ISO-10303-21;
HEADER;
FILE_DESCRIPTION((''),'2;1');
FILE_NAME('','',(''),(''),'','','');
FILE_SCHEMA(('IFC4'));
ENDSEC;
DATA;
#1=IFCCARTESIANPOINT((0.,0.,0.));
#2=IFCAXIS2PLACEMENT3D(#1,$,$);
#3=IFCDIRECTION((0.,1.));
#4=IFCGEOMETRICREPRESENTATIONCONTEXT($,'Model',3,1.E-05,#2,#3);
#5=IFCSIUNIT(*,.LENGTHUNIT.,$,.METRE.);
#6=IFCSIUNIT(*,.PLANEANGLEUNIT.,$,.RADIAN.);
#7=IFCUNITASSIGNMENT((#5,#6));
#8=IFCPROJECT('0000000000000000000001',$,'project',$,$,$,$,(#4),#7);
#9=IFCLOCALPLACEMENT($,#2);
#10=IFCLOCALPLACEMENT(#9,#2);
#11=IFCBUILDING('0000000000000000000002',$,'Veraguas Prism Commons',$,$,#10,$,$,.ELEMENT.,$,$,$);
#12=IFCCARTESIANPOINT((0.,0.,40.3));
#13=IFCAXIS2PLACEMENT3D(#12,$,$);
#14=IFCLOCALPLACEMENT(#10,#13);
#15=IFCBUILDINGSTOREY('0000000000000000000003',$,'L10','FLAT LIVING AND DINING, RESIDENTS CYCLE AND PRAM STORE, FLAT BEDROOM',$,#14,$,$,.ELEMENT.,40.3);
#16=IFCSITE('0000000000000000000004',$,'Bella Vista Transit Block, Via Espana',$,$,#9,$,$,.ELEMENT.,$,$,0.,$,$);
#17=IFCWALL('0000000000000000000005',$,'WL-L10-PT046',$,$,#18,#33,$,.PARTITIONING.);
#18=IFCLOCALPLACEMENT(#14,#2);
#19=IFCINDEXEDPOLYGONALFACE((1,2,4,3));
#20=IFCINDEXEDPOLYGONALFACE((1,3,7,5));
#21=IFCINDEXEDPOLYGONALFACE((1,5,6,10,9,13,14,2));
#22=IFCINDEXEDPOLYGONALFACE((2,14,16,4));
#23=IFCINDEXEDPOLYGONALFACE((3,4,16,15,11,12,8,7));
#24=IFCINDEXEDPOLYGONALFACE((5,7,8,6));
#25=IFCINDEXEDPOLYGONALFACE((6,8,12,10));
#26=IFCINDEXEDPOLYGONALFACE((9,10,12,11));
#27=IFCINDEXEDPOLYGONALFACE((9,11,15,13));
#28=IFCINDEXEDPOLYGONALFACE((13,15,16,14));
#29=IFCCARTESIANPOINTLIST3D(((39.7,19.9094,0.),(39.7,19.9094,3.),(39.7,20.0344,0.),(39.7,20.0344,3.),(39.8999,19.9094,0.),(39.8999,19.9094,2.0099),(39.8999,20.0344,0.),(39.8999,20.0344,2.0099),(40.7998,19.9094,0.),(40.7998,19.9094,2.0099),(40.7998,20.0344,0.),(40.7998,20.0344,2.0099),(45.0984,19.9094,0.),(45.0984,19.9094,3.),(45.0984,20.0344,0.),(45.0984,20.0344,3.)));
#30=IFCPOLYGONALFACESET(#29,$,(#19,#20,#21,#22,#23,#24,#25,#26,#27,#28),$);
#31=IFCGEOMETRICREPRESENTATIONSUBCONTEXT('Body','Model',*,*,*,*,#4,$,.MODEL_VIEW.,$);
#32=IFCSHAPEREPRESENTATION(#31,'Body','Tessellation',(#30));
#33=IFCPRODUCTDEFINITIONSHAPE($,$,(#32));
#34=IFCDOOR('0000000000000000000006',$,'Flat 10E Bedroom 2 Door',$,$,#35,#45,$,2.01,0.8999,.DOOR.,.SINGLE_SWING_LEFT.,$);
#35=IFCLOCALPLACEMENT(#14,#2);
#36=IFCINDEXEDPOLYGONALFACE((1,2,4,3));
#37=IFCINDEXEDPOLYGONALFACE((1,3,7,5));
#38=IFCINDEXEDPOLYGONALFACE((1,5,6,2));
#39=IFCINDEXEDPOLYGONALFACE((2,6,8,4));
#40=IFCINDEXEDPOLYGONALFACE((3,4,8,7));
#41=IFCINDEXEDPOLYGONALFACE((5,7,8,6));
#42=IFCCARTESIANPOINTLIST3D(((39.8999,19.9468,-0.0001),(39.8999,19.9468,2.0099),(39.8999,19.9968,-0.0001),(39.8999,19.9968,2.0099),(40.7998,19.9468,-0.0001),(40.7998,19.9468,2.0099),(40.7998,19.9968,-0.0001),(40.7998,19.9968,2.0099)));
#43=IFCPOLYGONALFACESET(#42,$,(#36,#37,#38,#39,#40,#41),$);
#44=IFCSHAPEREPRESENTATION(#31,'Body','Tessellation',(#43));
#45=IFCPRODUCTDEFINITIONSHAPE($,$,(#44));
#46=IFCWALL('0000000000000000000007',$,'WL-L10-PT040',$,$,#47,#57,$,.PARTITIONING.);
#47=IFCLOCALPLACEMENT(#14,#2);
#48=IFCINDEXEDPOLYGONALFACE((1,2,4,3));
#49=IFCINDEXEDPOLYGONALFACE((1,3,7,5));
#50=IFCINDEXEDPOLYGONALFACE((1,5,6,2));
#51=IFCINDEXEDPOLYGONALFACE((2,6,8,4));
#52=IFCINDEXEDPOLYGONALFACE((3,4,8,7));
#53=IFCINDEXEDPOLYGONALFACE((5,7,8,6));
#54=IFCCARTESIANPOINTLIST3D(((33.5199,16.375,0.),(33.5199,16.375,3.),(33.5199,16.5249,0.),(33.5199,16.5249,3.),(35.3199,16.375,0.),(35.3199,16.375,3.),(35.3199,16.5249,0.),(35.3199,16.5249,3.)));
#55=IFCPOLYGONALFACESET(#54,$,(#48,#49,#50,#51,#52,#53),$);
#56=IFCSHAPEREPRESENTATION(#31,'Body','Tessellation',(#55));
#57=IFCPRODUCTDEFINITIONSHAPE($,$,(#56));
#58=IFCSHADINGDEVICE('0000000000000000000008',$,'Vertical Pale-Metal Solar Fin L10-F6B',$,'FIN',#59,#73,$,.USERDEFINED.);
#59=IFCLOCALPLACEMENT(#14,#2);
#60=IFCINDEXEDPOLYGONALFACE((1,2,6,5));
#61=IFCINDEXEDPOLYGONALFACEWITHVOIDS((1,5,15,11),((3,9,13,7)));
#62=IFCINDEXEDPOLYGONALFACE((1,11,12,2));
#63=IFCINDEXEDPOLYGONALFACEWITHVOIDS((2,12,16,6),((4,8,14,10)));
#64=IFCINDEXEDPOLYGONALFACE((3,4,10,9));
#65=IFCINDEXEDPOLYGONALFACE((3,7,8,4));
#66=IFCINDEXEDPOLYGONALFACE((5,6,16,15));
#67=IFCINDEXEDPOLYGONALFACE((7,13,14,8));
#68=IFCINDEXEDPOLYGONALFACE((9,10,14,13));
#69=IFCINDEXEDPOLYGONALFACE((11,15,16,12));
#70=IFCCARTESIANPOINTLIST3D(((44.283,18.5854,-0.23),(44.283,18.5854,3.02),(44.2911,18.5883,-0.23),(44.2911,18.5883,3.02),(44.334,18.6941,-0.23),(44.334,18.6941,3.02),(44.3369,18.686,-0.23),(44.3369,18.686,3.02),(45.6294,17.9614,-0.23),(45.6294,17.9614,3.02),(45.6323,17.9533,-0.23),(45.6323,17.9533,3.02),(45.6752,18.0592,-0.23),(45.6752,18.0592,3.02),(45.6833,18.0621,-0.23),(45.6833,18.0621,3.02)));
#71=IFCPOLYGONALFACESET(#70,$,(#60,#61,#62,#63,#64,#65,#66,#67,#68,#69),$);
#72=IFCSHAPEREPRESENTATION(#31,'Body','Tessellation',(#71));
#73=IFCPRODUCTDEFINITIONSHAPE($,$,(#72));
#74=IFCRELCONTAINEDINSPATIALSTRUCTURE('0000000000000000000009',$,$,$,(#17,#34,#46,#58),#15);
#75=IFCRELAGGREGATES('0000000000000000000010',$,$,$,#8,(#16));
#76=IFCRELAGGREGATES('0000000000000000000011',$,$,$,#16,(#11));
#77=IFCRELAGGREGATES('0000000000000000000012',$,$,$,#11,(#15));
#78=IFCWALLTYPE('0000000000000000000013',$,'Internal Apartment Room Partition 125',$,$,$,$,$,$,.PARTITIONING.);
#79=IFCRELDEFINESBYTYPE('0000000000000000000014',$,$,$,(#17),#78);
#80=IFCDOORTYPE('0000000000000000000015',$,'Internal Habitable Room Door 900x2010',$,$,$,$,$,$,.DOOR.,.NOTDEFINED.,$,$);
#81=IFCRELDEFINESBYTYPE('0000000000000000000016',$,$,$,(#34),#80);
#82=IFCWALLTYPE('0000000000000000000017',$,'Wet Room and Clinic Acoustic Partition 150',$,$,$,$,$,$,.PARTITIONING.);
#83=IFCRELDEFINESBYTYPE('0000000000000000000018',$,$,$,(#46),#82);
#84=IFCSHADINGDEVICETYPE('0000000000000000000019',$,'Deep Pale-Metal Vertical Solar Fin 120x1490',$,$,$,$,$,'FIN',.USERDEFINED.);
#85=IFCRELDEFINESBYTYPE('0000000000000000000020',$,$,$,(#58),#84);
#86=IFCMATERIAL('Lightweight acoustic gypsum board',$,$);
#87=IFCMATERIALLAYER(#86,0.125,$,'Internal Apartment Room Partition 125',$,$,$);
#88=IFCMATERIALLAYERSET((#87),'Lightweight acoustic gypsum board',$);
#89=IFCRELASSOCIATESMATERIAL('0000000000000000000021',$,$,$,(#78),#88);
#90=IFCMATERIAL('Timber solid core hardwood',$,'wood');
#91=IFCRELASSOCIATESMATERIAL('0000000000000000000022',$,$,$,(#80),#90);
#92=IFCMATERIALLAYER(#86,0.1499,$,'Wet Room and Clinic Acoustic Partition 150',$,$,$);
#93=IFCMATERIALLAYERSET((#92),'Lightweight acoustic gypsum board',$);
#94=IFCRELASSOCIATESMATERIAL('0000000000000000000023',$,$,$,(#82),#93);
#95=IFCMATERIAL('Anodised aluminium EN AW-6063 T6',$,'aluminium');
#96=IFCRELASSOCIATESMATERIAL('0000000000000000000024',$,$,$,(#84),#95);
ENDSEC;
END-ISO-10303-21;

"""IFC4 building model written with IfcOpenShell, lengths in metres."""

from ifc_helpers import new_model, si_unit, direction, frame, frame_2d, origin, origin_2d, place, context, subcontext, project, spatial, rectangle, hollow_rectangle, extrude, source, transform, mapped, material, layer, layer_set, material_profile, profile_set, type_object, element, fill, save


model = new_model("IFC4")

# Units and contexts
model_context = context("Model", 3, precision=1e-05, world=origin(), true_north=direction((0.0, 1.0)))
body_context = subcontext(model_context, "Body", "Model", "MODEL_VIEW")
ifc_project = project(units=[si_unit("LENGTHUNIT", "METRE"), si_unit("PLANEANGLEUNIT", "RADIAN")], contexts=[model_context])

# Site, building, storey
site_placement = place(None, origin())
site = spatial("IfcSite", under=ifc_project, at=site_placement, Name="Bella Vista Transit Block, Via Espana", CompositionType="ELEMENT", RefElevation=0.0)
building_placement = place(site_placement, origin())
building = spatial("IfcBuilding", under=site, at=building_placement, Name="Veraguas Prism Commons", CompositionType="ELEMENT")
storey_placement = place(building_placement, frame((0.0, 0.0, 40.3)))
storey = spatial("IfcBuildingStorey", under=building, at=storey_placement, Name="L10", Description="FLAT LIVING AND DINING, RESIDENTS CYCLE AND PRAM STORE, FLAT BEDROOM", CompositionType="ELEMENT", Elevation=40.3)

# Shared definitions
ifc_material_1 = material(Name="Anodised aluminium EN AW-6063 T6", Category="aluminium")

# Shared definitions
ifc_material_2 = material(Name="Lightweight acoustic gypsum board")
ifc_layer_1 = layer(ifc_material_2, 0.125, Name="Internal Apartment Room Partition 125")
ifc_layer_set_1 = layer_set([ifc_layer_1], Name="Lightweight acoustic gypsum board")
wall_type_1 = type_object("IfcWallType", Name="Internal Apartment Room Partition 125", PredefinedType="PARTITIONING", material=ifc_layer_set_1)
ifc_material_3 = material(Name="Timber solid core hardwood", Category="wood")
door_type_1 = type_object("IfcDoorType", Name="Internal Habitable Room Door 900x2010", OperationType="NOTDEFINED", PredefinedType="DOOR", material=ifc_material_3)
shared_shape_1 = source(origin(), body_context, "Body", "SweptSolid", [
    extrude(rectangle(XDim=0.8999, YDim=2.01, at=frame_2d((0.45, 1.0049))), frame((0.0, 0.0249, 0.0), z_axis=(0.0, -1.0, 0.0), x_axis=(1.0, 0.0, 0.0)), (0.0, 0.0, 1.0), 0.05),
])

# Wall, opening, door
wall_1_placement = place(storey_placement, frame((39.7, 19.9719, 0.0), z_axis=(0.0, 0.0, 1.0), x_axis=(1.0, 0.0, 0.0)))
wall_1 = element("IfcWall", 1, at=wall_1_placement, inside=storey, type_object=wall_type_1, Name="WL-L10-PT046", PredefinedType="PARTITIONING", context=body_context, shape_type="SweptSolid", body=[
    extrude(rectangle(XDim=5.3984, YDim=0.125, at=frame_2d((2.6992, 0.0))), origin(), (0.0, 0.0, 1.0), 3.0),
])
opening_1_placement = place(wall_1_placement, frame((0.2, 0.0, 0.0)))
opening_1 = element("IfcOpeningElement", 2, at=opening_1_placement, cuts=wall_1, PredefinedType="OPENING", context=body_context, shape_type="SweptSolid", body=[
    extrude(rectangle(XDim=0.8999, YDim=2.01, at=frame_2d((0.45, 1.0049))), frame((0.0, 0.0725, 0.0), z_axis=(0.0, -1.0, 0.0), x_axis=(1.0, 0.0, 0.0)), (0.0, 0.0, 1.0), 0.145),
])
door_1_placement = place(opening_1_placement, origin())
door_1 = element("IfcDoor", 3, at=door_1_placement, inside=storey, type_object=door_type_1, Name="Flat 10E Bedroom 2 Door", OperationType="SINGLE_SWING_LEFT", OverallHeight=2.01, OverallWidth=0.8999, PredefinedType="DOOR", context=body_context, shape_type="MappedRepresentation", body=[
    mapped(shared_shape_1, transform((0.0, 0.0, 0.0), scale=1.0)),
])
fill(opening_1, door_1)

# Wall
ifc_layer_2 = layer(ifc_material_2, 0.1499, Name="Wet Room and Clinic Acoustic Partition 150")
ifc_layer_set_2 = layer_set([ifc_layer_2], Name="Lightweight acoustic gypsum board")
wall_type_2 = type_object("IfcWallType", Name="Wet Room and Clinic Acoustic Partition 150", PredefinedType="PARTITIONING", material=ifc_layer_set_2)
wall_2_placement = place(storey_placement, frame((33.52, 16.45, 0.0), z_axis=(0.0, 0.0, 1.0), x_axis=(1.0, 0.0, 0.0)))
element("IfcWall", 4, at=wall_2_placement, inside=storey, type_object=wall_type_2, Name="WL-L10-PT040", PredefinedType="PARTITIONING", context=body_context, shape_type="SweptSolid", body=[
    extrude(rectangle(XDim=1.8, YDim=0.1499, at=frame_2d((0.8999, 0.0))), origin(), (0.0, 0.0, 1.0), 3.0),
])

# Shading device
ifc_material_profile_1 = material_profile(ifc_material_1, hollow_rectangle(XDim=0.1201, YDim=1.49, WallThickness=0.0061, at=origin_2d()), Name="FIN120X1490X6")
ifc_profile_set_1 = profile_set([ifc_material_profile_1], Name="Anodised aluminium EN AW-6063 T6")
shading_device_type = type_object("IfcShadingDeviceType", Name="Deep Pale-Metal Vertical Solar Fin 120x1490", ElementType="FIN", PredefinedType="USERDEFINED", material=ifc_profile_set_1)
shading_device_placement = place(storey_placement, frame((44.9832, 18.3237, -0.23), z_axis=(0.0, 0.0, 1.0), x_axis=(0.424199, 0.905569, 0.0)))
element("IfcShadingDevice", 5, at=shading_device_placement, inside=storey, type_object=shading_device_type, Name="Vertical Pale-Metal Solar Fin L10-F6B", ObjectType="FIN", PredefinedType="USERDEFINED", context=body_context, shape_type="SweptSolid", body=[
    extrude(hollow_rectangle(XDim=0.1201, YDim=1.49, WallThickness=0.0061, at=origin_2d()), origin(), (0.0, 0.0, 1.0), 3.25),
])

save(model, "model.ifc")
